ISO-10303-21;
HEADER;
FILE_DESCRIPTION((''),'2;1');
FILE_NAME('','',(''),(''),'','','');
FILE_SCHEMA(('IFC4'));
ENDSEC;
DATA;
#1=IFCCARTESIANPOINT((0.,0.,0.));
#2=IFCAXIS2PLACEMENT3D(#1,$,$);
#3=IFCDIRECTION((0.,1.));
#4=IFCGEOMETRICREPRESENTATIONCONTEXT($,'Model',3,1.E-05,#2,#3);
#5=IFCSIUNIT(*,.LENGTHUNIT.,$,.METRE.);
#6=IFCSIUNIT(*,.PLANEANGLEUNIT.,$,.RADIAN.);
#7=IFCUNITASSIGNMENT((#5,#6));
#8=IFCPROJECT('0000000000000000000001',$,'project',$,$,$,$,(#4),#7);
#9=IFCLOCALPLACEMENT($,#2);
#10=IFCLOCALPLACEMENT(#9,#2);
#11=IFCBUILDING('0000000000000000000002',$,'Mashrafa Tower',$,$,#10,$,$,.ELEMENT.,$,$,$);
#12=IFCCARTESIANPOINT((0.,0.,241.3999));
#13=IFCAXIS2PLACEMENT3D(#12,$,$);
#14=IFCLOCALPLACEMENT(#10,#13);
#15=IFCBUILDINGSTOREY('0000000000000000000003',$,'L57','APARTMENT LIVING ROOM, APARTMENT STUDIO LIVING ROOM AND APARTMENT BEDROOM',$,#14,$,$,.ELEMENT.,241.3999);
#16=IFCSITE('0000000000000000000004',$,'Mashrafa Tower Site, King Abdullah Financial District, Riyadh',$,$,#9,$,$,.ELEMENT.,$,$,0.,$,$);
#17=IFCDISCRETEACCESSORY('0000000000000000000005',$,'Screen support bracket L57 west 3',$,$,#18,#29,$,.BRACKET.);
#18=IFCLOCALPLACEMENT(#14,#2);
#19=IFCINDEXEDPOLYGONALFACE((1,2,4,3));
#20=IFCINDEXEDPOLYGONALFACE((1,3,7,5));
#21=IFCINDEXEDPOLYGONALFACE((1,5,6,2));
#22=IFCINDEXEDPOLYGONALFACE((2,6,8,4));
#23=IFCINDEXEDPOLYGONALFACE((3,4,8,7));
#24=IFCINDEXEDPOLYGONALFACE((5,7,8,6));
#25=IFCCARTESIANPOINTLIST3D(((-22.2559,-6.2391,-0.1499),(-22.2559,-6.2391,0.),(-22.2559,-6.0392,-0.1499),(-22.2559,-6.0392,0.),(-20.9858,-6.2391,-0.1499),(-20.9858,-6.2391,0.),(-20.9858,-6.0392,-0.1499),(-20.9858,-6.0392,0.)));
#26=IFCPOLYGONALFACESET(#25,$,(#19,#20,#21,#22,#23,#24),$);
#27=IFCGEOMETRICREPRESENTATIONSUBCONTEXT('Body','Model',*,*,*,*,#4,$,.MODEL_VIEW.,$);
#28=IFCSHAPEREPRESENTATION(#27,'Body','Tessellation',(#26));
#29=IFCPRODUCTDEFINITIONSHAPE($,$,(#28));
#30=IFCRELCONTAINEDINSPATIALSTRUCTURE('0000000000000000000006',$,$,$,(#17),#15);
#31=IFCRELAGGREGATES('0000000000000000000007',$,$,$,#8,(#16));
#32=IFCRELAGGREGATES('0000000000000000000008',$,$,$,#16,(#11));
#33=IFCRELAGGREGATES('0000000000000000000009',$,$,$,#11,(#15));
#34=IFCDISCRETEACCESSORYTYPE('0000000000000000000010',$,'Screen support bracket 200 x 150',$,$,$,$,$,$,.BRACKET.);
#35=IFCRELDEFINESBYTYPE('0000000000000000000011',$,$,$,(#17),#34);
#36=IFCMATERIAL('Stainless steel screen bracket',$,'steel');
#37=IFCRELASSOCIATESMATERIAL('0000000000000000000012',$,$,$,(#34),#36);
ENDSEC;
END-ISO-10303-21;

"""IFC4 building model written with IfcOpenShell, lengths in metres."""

from ifc_helpers import new_model, si_unit, direction, frame, origin, origin_2d, place, context, subcontext, project, spatial, rectangle, extrude, source, transform, mapped, material, type_object, type_shapes, element, save


model = new_model("IFC4")

# Units and contexts
model_context = context("Model", 3, precision=1e-05, world=origin(), true_north=direction((0.0, 1.0)))
body_context = subcontext(model_context, "Body", "Model", "MODEL_VIEW")
ifc_project = project(units=[si_unit("LENGTHUNIT", "METRE"), si_unit("PLANEANGLEUNIT", "RADIAN")], contexts=[model_context])

# Site, building, storey
site_placement = place(None, origin())
site = spatial("IfcSite", under=ifc_project, at=site_placement, Name="Mashrafa Tower Site, King Abdullah Financial District, Riyadh", CompositionType="ELEMENT", RefElevation=0.0)
building_placement = place(site_placement, origin())
building = spatial("IfcBuilding", under=site, at=building_placement, Name="Mashrafa Tower", CompositionType="ELEMENT")
storey_placement = place(building_placement, frame((0.0, 0.0, 241.3999)))
storey = spatial("IfcBuildingStorey", under=building, at=storey_placement, Name="L57", Description="APARTMENT LIVING ROOM, APARTMENT STUDIO LIVING ROOM AND APARTMENT BEDROOM", CompositionType="ELEMENT", Elevation=241.3999)

# Discrete accessory
ifc_material_1 = material(Name="Stainless steel screen bracket", Category="steel")
discrete_accessory_type = type_object("IfcDiscreteAccessoryType", Name="Screen support bracket 200 x 150", PredefinedType="BRACKET", material=ifc_material_1)
shared_shape_1 = source(origin(), body_context, "Body", "SweptSolid", [
    extrude(rectangle(XDim=0.2, YDim=1.27, at=origin_2d()), origin(), (0.0, 0.0, 1.0), 0.1499),
])
type_shapes(discrete_accessory_type, [shared_shape_1])
for number, where, z_axis, x_axis, name in (
    (1, (-21.6208, -6.1392, -0.1499), (0.0, 0.0, 1.0), (0.0, -1.0, 0.0), "Screen support bracket L57 west 3"),
):
    element("IfcDiscreteAccessory", number, at=place(storey_placement, frame(where, z_axis=z_axis, x_axis=x_axis)), inside=storey, type_object=discrete_accessory_type, Name=name, PredefinedType="BRACKET", context=body_context, shape_type="MappedRepresentation", body=[
        mapped(shared_shape_1, transform((0.0, 0.0, 0.0))),
    ])

save(model, "model.ifc")
